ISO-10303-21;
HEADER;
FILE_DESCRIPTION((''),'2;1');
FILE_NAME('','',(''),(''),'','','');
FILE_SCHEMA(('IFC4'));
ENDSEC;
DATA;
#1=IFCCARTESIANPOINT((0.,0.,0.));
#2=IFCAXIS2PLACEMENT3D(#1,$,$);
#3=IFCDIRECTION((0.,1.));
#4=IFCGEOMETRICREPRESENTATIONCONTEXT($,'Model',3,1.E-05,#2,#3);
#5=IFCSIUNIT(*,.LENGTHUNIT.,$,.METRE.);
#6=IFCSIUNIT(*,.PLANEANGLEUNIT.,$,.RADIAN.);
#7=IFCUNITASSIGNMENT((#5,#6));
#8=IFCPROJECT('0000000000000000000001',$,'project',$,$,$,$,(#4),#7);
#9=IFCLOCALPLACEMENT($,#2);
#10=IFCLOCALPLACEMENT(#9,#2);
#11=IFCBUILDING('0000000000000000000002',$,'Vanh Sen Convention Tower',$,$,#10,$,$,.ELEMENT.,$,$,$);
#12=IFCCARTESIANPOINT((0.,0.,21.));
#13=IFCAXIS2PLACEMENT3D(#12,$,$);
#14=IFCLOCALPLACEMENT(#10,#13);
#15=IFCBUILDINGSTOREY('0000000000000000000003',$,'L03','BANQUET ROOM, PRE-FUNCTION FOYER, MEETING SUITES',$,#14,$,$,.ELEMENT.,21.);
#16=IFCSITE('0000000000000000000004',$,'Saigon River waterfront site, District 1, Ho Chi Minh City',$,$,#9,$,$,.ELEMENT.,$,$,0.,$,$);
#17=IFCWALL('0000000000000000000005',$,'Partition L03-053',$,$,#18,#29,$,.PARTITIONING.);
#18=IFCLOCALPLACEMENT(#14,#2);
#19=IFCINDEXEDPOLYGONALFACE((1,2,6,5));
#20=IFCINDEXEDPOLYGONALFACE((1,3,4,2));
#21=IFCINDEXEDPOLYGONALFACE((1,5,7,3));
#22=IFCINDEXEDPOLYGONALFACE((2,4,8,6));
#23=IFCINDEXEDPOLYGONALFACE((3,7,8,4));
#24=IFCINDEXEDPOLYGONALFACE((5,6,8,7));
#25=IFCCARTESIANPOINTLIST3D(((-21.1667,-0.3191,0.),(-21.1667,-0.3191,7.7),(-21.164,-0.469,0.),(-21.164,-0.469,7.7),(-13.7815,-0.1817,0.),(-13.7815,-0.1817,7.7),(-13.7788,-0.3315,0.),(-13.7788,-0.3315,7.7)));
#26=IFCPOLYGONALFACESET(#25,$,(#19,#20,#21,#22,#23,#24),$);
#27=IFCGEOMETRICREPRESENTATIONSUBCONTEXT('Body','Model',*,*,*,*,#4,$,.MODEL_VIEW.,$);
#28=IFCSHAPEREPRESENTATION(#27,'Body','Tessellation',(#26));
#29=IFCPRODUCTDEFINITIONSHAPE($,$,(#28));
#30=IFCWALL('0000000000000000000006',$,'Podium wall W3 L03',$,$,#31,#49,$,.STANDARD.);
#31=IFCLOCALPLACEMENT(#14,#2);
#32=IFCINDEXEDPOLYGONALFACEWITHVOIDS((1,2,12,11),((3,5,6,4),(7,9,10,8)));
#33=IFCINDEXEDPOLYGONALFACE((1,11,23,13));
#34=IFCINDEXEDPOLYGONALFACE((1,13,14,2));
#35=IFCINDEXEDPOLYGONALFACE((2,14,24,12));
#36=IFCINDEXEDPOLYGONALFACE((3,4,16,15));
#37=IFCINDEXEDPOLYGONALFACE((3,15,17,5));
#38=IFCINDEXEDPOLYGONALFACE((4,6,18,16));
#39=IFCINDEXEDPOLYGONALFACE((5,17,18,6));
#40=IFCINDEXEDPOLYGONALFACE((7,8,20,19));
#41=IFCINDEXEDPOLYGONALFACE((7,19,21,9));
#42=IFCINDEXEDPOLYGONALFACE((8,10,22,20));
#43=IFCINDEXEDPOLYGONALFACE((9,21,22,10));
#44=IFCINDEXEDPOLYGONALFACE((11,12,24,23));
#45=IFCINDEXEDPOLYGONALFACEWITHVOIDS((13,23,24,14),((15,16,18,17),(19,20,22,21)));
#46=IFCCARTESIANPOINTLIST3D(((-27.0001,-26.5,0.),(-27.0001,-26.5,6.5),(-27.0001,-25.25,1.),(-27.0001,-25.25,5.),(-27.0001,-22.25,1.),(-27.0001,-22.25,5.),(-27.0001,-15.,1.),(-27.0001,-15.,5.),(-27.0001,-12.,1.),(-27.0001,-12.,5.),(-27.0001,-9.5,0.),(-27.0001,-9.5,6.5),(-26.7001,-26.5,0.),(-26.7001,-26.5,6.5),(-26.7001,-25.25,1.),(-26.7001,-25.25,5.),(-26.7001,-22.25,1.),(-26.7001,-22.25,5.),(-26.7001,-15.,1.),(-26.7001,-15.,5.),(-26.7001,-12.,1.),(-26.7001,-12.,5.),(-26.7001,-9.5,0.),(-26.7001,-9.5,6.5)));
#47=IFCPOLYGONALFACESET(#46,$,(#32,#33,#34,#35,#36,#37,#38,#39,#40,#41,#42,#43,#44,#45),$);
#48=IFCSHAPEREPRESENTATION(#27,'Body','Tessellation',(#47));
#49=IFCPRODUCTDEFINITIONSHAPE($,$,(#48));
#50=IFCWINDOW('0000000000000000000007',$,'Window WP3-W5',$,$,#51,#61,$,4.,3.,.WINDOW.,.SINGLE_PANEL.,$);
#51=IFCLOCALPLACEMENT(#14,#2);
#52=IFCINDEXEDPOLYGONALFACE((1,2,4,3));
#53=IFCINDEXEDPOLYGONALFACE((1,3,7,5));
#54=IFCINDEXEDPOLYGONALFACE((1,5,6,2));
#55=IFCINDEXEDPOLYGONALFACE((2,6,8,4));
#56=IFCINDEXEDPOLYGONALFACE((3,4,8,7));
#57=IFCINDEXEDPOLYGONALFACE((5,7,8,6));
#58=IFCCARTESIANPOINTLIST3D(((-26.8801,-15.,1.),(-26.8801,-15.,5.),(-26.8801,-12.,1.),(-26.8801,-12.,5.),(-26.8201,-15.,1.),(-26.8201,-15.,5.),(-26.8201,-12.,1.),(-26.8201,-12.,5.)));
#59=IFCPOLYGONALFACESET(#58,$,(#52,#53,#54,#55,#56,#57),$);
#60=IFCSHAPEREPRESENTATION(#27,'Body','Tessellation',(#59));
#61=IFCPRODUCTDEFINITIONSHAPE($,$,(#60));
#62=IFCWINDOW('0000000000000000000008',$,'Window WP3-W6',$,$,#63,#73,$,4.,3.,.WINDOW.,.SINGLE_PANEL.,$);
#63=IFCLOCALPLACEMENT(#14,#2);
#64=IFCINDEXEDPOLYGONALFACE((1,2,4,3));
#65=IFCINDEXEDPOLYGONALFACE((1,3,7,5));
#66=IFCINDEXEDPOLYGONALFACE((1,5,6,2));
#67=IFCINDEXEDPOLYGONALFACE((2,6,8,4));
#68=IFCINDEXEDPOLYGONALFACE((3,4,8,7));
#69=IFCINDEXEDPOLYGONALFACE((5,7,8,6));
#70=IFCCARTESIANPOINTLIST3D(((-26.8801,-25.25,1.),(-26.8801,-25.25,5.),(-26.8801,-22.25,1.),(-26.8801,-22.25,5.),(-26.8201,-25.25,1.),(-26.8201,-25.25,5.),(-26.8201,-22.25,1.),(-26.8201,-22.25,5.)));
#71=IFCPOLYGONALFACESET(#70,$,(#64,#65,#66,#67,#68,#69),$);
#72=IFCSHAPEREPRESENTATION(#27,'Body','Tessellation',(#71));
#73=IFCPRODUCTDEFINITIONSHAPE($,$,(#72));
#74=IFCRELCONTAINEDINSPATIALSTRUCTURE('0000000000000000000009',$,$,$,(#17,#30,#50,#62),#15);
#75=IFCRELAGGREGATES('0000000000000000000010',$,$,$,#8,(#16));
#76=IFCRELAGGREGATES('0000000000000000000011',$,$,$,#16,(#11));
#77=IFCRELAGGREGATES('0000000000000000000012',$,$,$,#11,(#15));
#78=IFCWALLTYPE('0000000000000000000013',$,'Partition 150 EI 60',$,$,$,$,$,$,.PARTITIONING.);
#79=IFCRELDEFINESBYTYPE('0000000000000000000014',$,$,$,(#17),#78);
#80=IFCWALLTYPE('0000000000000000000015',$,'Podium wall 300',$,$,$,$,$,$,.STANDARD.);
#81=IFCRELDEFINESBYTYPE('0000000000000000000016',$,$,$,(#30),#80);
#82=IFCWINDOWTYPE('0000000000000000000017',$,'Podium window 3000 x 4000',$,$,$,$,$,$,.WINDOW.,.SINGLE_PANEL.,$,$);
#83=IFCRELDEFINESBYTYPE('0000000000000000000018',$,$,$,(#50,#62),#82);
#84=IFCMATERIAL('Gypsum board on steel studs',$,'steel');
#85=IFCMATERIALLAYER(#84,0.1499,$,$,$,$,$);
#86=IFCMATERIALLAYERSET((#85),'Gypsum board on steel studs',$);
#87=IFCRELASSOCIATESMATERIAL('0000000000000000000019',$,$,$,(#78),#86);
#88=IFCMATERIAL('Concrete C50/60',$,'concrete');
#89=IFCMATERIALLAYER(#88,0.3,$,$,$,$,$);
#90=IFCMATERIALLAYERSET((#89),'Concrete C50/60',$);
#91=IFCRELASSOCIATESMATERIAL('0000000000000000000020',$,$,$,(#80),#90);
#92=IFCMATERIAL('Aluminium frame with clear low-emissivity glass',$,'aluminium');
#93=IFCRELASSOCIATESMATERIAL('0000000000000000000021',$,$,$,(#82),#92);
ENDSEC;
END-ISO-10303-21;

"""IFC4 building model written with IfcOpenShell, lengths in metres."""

from ifc_helpers import new_model, si_unit, direction, frame, frame_2d, origin, place, context, subcontext, project, spatial, rectangle, extrude, material, layer, layer_set, type_object, element, fill, save


model = new_model("IFC4")

# Units and contexts
model_context = context("Model", 3, precision=1e-05, world=origin(), true_north=direction((0.0, 1.0)))
body_context = subcontext(model_context, "Body", "Model", "MODEL_VIEW")
ifc_project = project(units=[si_unit("LENGTHUNIT", "METRE"), si_unit("PLANEANGLEUNIT", "RADIAN")], contexts=[model_context])

# Site, building, storey
site_placement = place(None, origin())
site = spatial("IfcSite", under=ifc_project, at=site_placement, Name="Saigon River waterfront site, District 1, Ho Chi Minh City", CompositionType="ELEMENT", RefElevation=0.0)
building_placement = place(site_placement, origin())
building = spatial("IfcBuilding", under=site, at=building_placement, Name="Vanh Sen Convention Tower", CompositionType="ELEMENT")
storey_placement = place(building_placement, frame((0.0, 0.0, 21.0)))
storey = spatial("IfcBuildingStorey", under=building, at=storey_placement, Name="L03", Description="BANQUET ROOM, PRE-FUNCTION FOYER, MEETING SUITES", CompositionType="ELEMENT", Elevation=21.0)

# Wall
ifc_material_1 = material(Name="Gypsum board on steel studs", Category="steel")
ifc_layer_1 = layer(ifc_material_1, 0.1499)
ifc_layer_set_1 = layer_set([ifc_layer_1], Name="Gypsum board on steel studs")
wall_type_1 = type_object("IfcWallType", Name="Partition 150 EI 60", PredefinedType="PARTITIONING", material=ifc_layer_set_1)
wall_1_placement = place(storey_placement, frame((-13.78, -0.2566, 0.0), z_axis=(0.0, 0.0, 1.0), x_axis=(-0.999827, -0.018608, 0.0)))
element("IfcWall", 1, at=wall_1_placement, inside=storey, type_object=wall_type_1, Name="Partition L03-053", PredefinedType="PARTITIONING", context=body_context, shape_type="SweptSolid", body=[
    extrude(rectangle(XDim=7.3865, YDim=0.1499, at=frame_2d((3.6934, 0.0))), origin(), (0.0, 0.0, 1.0), 7.7),
])

# Wall, openings, windows
ifc_material_2 = material(Name="Concrete C50/60", Category="concrete")
ifc_layer_2 = layer(ifc_material_2, 0.3)
ifc_layer_set_2 = layer_set([ifc_layer_2], Name="Concrete C50/60")
wall_type_2 = type_object("IfcWallType", Name="Podium wall 300", PredefinedType="STANDARD", material=ifc_layer_set_2)
wall_2_placement = place(storey_placement, frame((-26.8501, -9.5, 0.0), z_axis=(0.0, 0.0, 1.0), x_axis=(0.0, -1.0, 0.0)))
wall_2 = element("IfcWall", 2, at=wall_2_placement, inside=storey, type_object=wall_type_2, Name="Podium wall W3 L03", PredefinedType="STANDARD", context=body_context, shape_type="SweptSolid", body=[
    extrude(rectangle(XDim=17.0, YDim=0.3, at=frame_2d((8.5, 0.0))), origin(), (0.0, 0.0, 1.0), 6.5),
])
opening_1_placement = place(wall_2_placement, frame((2.5, 0.0, 1.0)))
opening_1 = element("IfcOpeningElement", 3, at=opening_1_placement, cuts=wall_2, PredefinedType="OPENING", context=body_context, shape_type="SweptSolid", body=[
    extrude(rectangle(XDim=3.0, YDim=4.0, at=frame_2d((1.5, 2.0))), frame((0.0, 0.1599, 0.0), z_axis=(0.0, -1.0, 0.0), x_axis=(1.0, 0.0, 0.0)), (0.0, 0.0, 1.0), 0.3201),
])
opening_2_placement = place(wall_2_placement, frame((12.75, 0.0, 1.0)))
opening_2 = element("IfcOpeningElement", 4, at=opening_2_placement, cuts=wall_2, PredefinedType="OPENING", context=body_context, shape_type="SweptSolid", body=[
    extrude(rectangle(XDim=3.0, YDim=4.0, at=frame_2d((1.5, 2.0))), frame((0.0, 0.1599, 0.0), z_axis=(0.0, -1.0, 0.0), x_axis=(1.0, 0.0, 0.0)), (0.0, 0.0, 1.0), 0.3201),
])
ifc_material_3 = material(Name="Aluminium frame with clear low-emissivity glass", Category="aluminium")
window_type = type_object("IfcWindowType", Name="Podium window 3000 x 4000", PartitioningType="SINGLE_PANEL", PredefinedType="WINDOW", material=ifc_material_3)
window_1_placement = place(opening_1_placement, origin())
window_1 = element("IfcWindow", 5, at=window_1_placement, inside=storey, type_object=window_type, Name="Window WP3-W5", OverallHeight=4.0, OverallWidth=3.0, PartitioningType="SINGLE_PANEL", PredefinedType="WINDOW", context=body_context, shape_type="SweptSolid", body=[
    extrude(rectangle(XDim=3.0, YDim=4.0, at=frame_2d((1.5, 2.0))), frame((0.0, 0.03, 0.0), z_axis=(0.0, -1.0, 0.0), x_axis=(1.0, 0.0, 0.0)), (0.0, 0.0, 1.0), 0.0601),
])
fill(opening_1, window_1)
window_2_placement = place(opening_2_placement, origin())
window_2 = element("IfcWindow", 6, at=window_2_placement, inside=storey, type_object=window_type, Name="Window WP3-W6", OverallHeight=4.0, OverallWidth=3.0, PartitioningType="SINGLE_PANEL", PredefinedType="WINDOW", context=body_context, shape_type="SweptSolid", body=[
    extrude(rectangle(XDim=3.0, YDim=4.0, at=frame_2d((1.5, 2.0))), frame((0.0, 0.03, 0.0), z_axis=(0.0, -1.0, 0.0), x_axis=(1.0, 0.0, 0.0)), (0.0, 0.0, 1.0), 0.0601),
])
fill(opening_2, window_2)

save(model, "model.ifc")
